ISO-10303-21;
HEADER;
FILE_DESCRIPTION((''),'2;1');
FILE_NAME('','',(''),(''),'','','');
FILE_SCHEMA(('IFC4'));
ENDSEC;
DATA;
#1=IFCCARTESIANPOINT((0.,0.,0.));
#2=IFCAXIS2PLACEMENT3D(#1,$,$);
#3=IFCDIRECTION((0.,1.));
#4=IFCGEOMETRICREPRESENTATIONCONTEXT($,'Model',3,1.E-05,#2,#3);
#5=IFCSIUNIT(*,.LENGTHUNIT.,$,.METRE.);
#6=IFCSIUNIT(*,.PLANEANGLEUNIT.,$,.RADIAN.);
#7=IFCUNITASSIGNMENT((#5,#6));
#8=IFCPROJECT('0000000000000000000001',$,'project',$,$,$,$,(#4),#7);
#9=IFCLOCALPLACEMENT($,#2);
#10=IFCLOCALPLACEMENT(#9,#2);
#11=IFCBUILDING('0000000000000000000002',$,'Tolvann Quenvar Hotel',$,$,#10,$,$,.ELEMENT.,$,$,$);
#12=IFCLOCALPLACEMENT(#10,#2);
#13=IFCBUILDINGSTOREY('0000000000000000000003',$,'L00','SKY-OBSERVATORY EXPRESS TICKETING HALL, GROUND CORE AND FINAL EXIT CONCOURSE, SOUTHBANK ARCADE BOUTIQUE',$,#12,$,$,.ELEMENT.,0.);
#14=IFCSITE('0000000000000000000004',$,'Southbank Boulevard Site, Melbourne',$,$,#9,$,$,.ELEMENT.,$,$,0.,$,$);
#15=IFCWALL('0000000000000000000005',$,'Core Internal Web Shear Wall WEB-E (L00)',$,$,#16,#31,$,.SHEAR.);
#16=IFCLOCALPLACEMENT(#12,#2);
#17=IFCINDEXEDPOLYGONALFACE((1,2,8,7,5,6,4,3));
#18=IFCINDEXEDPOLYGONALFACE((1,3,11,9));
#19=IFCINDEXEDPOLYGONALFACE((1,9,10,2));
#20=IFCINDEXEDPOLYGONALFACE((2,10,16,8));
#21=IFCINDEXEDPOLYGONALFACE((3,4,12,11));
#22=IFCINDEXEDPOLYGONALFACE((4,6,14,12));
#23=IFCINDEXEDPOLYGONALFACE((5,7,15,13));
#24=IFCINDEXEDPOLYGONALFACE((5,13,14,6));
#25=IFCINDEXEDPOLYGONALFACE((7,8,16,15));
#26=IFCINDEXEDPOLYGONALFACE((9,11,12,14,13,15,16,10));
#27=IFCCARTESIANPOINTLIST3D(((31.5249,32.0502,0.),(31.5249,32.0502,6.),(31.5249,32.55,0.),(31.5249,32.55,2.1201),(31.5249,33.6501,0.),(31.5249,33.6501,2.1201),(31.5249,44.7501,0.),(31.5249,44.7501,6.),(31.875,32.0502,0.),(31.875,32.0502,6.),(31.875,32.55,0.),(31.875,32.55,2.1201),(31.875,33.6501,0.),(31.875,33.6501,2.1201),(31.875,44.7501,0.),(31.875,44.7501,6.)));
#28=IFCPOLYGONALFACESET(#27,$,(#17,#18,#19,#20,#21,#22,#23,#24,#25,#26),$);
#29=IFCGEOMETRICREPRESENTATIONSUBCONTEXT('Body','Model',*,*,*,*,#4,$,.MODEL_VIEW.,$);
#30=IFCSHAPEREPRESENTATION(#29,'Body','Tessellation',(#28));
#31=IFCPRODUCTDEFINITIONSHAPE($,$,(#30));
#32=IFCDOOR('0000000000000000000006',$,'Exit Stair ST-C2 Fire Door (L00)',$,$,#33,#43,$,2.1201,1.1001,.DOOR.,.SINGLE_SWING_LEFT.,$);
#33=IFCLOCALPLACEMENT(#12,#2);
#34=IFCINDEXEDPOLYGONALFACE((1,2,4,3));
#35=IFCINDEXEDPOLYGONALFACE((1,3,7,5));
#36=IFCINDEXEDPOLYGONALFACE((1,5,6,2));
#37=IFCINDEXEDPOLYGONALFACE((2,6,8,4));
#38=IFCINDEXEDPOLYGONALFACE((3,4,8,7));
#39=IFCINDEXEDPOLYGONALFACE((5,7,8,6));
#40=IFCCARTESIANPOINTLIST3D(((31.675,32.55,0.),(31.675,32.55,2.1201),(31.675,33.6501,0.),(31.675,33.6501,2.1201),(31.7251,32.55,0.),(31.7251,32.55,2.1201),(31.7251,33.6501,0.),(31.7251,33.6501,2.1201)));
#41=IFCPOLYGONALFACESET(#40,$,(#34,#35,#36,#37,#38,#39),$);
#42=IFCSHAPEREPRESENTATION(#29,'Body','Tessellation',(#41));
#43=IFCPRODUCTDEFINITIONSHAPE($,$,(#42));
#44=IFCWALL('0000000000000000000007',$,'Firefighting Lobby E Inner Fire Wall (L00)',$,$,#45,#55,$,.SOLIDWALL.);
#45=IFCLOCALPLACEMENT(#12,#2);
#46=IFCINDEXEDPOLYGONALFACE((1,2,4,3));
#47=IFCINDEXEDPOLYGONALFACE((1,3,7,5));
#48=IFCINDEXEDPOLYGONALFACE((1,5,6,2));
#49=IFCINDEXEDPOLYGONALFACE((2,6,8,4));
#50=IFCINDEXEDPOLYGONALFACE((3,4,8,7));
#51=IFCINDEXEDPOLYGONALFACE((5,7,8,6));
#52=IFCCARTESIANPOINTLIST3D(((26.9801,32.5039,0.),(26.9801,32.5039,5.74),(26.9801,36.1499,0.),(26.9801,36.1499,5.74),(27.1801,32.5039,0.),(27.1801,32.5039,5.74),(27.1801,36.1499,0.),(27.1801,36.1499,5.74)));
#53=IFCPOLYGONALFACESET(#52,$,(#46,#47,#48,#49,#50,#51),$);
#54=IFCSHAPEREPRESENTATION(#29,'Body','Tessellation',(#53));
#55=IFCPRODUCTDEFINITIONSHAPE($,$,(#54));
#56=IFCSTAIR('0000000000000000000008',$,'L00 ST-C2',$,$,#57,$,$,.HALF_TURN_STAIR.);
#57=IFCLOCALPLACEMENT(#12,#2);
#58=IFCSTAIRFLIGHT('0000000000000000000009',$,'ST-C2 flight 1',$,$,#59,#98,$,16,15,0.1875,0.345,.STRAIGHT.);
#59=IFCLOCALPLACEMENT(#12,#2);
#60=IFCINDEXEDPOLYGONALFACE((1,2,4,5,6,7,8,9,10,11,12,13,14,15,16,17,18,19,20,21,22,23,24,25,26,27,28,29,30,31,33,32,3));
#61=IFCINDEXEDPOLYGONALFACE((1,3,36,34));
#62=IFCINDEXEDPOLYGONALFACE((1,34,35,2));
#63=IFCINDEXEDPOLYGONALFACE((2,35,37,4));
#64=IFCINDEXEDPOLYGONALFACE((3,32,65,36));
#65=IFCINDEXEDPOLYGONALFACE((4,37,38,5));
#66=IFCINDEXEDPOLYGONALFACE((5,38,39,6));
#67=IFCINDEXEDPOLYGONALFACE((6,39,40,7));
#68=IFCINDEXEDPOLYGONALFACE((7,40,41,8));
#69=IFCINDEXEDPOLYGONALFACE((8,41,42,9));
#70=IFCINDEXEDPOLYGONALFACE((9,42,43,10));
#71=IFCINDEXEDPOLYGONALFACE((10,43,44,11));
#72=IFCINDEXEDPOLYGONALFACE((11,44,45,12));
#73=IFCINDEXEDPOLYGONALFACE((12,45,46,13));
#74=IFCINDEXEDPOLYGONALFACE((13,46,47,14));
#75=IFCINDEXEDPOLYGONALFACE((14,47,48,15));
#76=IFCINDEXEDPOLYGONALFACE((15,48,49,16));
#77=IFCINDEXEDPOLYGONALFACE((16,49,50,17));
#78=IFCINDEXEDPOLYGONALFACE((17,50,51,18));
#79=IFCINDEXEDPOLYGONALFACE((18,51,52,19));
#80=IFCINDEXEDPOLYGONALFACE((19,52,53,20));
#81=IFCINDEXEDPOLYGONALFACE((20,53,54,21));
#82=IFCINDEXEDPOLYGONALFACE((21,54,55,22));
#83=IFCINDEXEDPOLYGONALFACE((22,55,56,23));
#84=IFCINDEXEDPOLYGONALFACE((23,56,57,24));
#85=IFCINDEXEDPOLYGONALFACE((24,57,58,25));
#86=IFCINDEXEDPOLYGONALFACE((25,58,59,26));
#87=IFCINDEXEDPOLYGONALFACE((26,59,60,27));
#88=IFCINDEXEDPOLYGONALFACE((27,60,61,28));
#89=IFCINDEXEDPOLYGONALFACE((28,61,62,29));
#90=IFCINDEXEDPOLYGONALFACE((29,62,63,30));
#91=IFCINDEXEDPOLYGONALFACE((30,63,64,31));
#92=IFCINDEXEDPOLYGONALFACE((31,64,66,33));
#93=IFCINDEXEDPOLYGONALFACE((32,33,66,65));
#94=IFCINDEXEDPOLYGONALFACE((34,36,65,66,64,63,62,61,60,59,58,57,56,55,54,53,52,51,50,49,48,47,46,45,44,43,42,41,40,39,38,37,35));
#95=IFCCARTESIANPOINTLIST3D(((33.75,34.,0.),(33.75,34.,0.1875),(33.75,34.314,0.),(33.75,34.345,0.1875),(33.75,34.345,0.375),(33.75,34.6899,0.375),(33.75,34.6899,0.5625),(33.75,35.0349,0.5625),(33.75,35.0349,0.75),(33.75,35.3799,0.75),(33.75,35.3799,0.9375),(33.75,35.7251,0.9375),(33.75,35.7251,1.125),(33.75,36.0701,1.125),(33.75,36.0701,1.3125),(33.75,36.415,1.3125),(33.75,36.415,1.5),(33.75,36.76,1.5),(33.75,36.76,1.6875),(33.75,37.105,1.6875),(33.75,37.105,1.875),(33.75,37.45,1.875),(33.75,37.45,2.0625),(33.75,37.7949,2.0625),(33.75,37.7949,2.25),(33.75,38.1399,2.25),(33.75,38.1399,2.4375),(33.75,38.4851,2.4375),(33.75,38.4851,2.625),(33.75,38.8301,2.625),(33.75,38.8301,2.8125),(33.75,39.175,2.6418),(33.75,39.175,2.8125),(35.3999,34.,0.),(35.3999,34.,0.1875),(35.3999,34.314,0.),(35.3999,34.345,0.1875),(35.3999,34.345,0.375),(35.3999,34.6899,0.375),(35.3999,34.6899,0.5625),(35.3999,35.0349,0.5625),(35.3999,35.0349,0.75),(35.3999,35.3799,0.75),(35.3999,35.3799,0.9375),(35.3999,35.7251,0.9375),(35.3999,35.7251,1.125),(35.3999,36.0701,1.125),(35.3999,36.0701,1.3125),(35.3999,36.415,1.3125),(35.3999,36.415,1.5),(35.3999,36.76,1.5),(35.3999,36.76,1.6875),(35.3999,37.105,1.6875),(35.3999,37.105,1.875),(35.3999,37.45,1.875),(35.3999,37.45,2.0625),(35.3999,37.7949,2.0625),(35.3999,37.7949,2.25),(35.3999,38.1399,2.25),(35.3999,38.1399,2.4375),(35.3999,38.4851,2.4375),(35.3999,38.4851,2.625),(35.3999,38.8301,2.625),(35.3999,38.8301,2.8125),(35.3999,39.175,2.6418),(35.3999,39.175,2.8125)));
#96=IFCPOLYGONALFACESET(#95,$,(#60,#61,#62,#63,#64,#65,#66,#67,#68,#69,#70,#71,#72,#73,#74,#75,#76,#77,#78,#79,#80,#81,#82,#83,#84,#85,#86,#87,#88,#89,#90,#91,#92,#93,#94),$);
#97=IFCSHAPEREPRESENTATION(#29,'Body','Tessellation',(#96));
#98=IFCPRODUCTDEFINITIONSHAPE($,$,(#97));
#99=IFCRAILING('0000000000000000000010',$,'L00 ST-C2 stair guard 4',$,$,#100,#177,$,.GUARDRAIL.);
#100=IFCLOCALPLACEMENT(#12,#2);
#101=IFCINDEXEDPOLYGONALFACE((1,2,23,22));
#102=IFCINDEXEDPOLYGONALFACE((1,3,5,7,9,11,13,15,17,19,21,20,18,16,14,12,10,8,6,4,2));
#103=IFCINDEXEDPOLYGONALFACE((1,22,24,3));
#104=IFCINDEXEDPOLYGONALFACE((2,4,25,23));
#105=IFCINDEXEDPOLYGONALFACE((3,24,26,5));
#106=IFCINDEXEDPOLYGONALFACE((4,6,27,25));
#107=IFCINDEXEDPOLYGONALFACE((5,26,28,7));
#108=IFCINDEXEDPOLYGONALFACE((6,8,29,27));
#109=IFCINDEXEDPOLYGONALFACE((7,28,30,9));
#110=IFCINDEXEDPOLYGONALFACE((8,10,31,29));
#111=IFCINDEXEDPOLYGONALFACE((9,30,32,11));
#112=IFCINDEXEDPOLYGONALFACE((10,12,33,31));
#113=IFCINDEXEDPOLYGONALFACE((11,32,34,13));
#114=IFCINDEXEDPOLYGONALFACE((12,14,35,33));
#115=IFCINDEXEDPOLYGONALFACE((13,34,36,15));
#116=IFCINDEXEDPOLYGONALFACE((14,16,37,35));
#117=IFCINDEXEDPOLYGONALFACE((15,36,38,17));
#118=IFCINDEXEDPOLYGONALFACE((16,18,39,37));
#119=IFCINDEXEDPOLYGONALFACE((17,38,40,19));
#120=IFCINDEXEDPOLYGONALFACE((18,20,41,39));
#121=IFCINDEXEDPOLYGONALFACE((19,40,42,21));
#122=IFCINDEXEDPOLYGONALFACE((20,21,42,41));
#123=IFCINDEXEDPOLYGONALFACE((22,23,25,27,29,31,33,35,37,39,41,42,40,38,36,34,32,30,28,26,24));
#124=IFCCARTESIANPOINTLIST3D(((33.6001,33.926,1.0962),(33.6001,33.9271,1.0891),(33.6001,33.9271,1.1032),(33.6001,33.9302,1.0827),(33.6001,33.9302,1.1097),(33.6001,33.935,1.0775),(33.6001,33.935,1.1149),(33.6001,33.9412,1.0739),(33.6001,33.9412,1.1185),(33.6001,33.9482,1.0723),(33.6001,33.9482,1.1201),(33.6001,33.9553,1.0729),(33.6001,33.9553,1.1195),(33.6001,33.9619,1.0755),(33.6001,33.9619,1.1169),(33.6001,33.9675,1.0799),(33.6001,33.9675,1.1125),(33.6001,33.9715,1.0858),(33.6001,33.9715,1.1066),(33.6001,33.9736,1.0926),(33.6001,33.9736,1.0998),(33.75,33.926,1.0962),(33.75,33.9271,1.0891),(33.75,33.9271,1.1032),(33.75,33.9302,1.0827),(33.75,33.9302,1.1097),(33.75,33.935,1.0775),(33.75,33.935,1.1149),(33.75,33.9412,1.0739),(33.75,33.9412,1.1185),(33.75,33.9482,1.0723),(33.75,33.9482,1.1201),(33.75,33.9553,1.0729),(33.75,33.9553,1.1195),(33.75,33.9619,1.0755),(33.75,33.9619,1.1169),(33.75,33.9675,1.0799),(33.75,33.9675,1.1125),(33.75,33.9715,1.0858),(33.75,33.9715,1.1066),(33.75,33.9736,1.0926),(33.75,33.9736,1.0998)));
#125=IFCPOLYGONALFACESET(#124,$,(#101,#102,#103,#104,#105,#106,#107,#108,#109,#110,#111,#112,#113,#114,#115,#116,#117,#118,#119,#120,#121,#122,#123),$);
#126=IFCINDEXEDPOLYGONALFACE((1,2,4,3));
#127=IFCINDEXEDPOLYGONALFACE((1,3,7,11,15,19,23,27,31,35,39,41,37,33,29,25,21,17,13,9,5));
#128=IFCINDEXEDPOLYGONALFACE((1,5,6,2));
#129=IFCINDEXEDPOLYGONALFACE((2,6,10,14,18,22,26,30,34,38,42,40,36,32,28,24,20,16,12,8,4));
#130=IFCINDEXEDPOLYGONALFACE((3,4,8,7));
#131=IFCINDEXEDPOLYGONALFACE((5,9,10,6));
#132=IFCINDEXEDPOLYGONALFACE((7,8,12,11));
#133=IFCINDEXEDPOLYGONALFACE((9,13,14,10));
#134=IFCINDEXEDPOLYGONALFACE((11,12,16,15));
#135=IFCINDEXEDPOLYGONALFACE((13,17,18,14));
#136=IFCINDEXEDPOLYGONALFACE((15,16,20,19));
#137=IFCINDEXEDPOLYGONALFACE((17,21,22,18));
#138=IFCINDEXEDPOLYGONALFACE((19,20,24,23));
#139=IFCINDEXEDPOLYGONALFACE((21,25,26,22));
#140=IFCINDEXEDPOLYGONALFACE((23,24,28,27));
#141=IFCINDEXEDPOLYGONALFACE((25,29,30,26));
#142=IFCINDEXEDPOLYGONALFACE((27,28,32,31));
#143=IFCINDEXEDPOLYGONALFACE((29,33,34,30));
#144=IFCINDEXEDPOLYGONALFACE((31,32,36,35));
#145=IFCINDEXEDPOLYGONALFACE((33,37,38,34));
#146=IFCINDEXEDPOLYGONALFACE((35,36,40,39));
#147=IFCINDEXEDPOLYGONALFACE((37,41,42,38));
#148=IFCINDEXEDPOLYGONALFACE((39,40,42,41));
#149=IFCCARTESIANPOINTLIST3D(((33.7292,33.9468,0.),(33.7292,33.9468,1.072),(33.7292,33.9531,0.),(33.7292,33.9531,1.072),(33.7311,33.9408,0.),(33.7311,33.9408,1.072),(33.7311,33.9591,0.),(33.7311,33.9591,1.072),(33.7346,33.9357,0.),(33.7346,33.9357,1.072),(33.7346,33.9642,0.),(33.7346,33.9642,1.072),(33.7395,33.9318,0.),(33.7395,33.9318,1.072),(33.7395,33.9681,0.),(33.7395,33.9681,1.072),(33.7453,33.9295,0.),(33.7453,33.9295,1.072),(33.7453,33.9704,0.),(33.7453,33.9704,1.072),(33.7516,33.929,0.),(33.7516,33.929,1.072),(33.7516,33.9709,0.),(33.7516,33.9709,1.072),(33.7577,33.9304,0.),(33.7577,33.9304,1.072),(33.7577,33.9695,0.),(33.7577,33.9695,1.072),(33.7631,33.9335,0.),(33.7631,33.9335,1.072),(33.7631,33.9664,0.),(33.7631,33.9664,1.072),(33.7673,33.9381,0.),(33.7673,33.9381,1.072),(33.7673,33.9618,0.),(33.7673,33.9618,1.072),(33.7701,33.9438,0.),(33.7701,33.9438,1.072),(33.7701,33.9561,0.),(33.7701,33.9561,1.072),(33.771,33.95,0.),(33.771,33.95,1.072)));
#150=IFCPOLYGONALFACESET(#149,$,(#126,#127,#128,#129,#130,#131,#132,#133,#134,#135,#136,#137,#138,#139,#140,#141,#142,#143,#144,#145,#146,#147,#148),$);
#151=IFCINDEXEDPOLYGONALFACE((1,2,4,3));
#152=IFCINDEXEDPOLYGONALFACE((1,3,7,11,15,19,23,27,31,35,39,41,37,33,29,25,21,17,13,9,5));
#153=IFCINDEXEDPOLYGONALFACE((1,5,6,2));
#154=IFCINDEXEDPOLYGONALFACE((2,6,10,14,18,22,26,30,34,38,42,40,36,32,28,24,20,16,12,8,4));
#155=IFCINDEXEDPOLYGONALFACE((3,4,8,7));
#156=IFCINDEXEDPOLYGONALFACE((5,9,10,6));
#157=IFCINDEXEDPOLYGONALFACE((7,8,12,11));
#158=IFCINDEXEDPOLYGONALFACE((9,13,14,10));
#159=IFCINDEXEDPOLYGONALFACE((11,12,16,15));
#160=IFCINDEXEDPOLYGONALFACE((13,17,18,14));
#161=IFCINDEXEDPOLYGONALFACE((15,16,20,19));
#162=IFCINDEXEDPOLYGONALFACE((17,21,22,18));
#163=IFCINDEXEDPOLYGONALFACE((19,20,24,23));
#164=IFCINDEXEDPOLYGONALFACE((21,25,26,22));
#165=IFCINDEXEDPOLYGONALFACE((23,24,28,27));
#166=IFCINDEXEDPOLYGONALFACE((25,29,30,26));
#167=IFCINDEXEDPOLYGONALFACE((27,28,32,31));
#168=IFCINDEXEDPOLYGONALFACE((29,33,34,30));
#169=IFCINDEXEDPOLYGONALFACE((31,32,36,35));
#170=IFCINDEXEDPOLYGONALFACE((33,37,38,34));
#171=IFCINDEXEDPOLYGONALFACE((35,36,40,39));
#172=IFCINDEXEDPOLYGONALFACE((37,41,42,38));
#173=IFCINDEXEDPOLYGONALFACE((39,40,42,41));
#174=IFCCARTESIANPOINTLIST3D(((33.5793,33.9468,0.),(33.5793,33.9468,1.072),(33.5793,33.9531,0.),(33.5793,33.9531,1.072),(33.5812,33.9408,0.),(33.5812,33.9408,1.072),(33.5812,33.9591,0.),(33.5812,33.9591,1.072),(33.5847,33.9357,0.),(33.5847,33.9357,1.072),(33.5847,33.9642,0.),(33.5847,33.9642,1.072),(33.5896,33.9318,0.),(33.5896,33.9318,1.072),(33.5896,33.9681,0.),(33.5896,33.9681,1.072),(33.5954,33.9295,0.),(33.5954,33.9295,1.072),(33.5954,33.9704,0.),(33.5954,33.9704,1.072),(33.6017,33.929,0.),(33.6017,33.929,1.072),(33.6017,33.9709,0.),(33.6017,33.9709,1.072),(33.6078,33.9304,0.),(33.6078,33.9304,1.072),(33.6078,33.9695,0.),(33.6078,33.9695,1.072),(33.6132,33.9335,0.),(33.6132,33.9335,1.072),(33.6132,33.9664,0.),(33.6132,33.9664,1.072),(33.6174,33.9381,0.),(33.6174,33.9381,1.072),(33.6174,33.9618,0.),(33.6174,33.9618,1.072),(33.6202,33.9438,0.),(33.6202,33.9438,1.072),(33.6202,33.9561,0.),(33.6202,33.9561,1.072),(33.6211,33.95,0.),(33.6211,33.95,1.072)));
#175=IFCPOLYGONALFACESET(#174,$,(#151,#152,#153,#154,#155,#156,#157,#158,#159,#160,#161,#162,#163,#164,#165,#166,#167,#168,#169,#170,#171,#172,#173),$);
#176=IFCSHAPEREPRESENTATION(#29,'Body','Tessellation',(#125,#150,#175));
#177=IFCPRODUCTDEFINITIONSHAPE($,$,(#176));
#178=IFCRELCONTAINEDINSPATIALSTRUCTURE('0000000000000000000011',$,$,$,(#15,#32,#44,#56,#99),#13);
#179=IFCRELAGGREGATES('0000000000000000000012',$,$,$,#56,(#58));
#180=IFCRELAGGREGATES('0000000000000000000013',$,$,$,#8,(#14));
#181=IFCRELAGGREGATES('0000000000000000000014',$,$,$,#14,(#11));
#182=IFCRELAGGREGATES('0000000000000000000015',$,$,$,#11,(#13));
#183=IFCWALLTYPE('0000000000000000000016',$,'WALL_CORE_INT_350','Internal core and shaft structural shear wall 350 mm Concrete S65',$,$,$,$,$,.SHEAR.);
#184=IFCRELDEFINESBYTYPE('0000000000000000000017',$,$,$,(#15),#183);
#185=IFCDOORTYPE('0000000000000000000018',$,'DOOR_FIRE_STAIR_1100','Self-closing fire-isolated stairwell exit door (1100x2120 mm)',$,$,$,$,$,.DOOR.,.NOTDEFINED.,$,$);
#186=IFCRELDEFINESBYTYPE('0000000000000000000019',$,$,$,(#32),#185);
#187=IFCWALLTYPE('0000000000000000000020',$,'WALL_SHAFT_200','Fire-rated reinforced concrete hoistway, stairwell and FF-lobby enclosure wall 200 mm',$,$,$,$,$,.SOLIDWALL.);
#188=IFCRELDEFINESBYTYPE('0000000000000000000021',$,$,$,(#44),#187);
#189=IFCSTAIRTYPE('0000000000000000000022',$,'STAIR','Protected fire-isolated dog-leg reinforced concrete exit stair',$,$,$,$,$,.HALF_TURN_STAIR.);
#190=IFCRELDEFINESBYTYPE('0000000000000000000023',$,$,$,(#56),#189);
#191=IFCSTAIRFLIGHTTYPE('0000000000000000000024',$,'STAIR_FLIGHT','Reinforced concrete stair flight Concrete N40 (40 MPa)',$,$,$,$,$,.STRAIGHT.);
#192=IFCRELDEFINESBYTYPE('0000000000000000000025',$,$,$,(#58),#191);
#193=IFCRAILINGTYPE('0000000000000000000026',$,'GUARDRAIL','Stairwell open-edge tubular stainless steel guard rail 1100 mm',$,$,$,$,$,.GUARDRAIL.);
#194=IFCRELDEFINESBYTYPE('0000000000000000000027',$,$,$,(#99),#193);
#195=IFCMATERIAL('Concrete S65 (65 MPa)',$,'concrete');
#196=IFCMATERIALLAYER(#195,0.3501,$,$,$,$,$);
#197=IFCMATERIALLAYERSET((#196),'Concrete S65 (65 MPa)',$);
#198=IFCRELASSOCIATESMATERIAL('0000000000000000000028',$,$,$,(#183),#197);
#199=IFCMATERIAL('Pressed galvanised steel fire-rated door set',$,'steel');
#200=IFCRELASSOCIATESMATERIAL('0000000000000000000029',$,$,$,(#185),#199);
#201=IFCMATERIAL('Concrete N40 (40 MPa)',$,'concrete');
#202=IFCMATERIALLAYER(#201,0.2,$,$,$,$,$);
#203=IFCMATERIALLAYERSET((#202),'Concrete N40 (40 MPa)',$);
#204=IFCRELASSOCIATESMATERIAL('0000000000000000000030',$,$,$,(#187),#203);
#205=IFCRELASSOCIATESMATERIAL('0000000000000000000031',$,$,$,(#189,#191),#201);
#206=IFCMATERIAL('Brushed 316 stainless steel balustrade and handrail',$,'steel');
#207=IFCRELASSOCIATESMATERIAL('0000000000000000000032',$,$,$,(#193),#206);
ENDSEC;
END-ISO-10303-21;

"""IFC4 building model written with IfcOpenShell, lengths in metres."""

from ifc_helpers import new_model, si_unit, direction, frame, frame_2d, origin, origin_2d, place, context, subcontext, project, spatial, polyline, rectangle, circle, outline, extrude, source, transform, mapped, material, layer, layer_set, type_object, type_shapes, element, fill, aggregate, save


model = new_model("IFC4")

# Units and contexts
model_context = context("Model", 3, precision=1e-05, world=origin(), true_north=direction((0.0, 1.0)))
body_context = subcontext(model_context, "Body", "Model", "MODEL_VIEW")
ifc_project = project(units=[si_unit("LENGTHUNIT", "METRE"), si_unit("PLANEANGLEUNIT", "RADIAN")], contexts=[model_context])

# Site, building, storey
site_placement = place(None, origin())
site = spatial("IfcSite", under=ifc_project, at=site_placement, Name="Southbank Boulevard Site, Melbourne", CompositionType="ELEMENT", RefElevation=0.0)
building_placement = place(site_placement, origin())
building = spatial("IfcBuilding", under=site, at=building_placement, Name="Tolvann Quenvar Hotel", CompositionType="ELEMENT")
storey_placement = place(building_placement, origin())
storey = spatial("IfcBuildingStorey", under=building, at=storey_placement, Name="L00", Description="SKY-OBSERVATORY EXPRESS TICKETING HALL, GROUND CORE AND FINAL EXIT CONCOURSE, SOUTHBANK ARCADE BOUTIQUE", CompositionType="ELEMENT", Elevation=0.0)

# Wall, opening, door
ifc_material_1 = material(Name="Concrete S65 (65 MPa)", Category="concrete")
ifc_layer_1 = layer(ifc_material_1, 0.3501)
ifc_layer_set_1 = layer_set([ifc_layer_1], Name="Concrete S65 (65 MPa)")
wall_type_1 = type_object("IfcWallType", Name="WALL_CORE_INT_350", Description="Internal core and shaft structural shear wall 350 mm Concrete S65", PredefinedType="SHEAR", material=ifc_layer_set_1)
wall_1_placement = place(storey_placement, frame((31.7, 32.05, 0.0), z_axis=(0.0, 0.0, 1.0), x_axis=(0.0, 1.0, 0.0)))
wall_1 = element("IfcWall", 1, at=wall_1_placement, inside=storey, type_object=wall_type_1, Name="Core Internal Web Shear Wall WEB-E (L00)", PredefinedType="SHEAR", context=body_context, shape_type="SweptSolid", body=[
    extrude(rectangle(XDim=12.7, YDim=0.3501, at=frame_2d((6.3501, 0.0))), origin(), (0.0, 0.0, 1.0), 6.0),
])
opening_1_placement = place(wall_1_placement, frame((0.5, 0.0, 0.0)))
opening_1 = element("IfcOpeningElement", 2, at=opening_1_placement, cuts=wall_1, PredefinedType="OPENING", context=body_context, shape_type="SweptSolid", body=[
    extrude(rectangle(XDim=1.1001, YDim=2.1201, at=frame_2d((0.55, 1.0601))), frame((0.0, 0.1851, 0.0), z_axis=(0.0, -1.0, 0.0), x_axis=(1.0, 0.0, 0.0)), (0.0, 0.0, 1.0), 0.3701),
])
ifc_material_2 = material(Name="Pressed galvanised steel fire-rated door set", Category="steel")
door_type_1 = type_object("IfcDoorType", Name="DOOR_FIRE_STAIR_1100", Description="Self-closing fire-isolated stairwell exit door (1100x2120 mm)", OperationType="NOTDEFINED", PredefinedType="DOOR", material=ifc_material_2)
shared_shape_1 = source(origin(), body_context, "Body", "SweptSolid", [
    extrude(rectangle(XDim=1.1001, YDim=2.1201, at=frame_2d((0.55, 1.0601))), frame((0.0, 0.0249, 0.0), z_axis=(0.0, -1.0, 0.0), x_axis=(1.0, 0.0, 0.0)), (0.0, 0.0, 1.0), 0.05),
])
type_shapes(door_type_1, [shared_shape_1])
door_1_placement = place(opening_1_placement, origin())
door_1 = element("IfcDoor", 3, at=door_1_placement, inside=storey, type_object=door_type_1, Name="Exit Stair ST-C2 Fire Door (L00)", OperationType="SINGLE_SWING_LEFT", OverallHeight=2.1201, OverallWidth=1.1001, PredefinedType="DOOR", context=body_context, shape_type="MappedRepresentation", body=[
    mapped(shared_shape_1, transform((0.0, 0.0, 0.0), x_axis=(1.0, 0.0, 0.0), y_axis=(0.0, 1.0, 0.0), z_axis=(0.0, 0.0, 1.0), scale=1.0)),
])
fill(opening_1, door_1)

# Wall
ifc_material_3 = material(Name="Concrete N40 (40 MPa)", Category="concrete")
ifc_layer_2 = layer(ifc_material_3, 0.2)
ifc_layer_set_2 = layer_set([ifc_layer_2], Name="Concrete N40 (40 MPa)")
wall_type_2 = type_object("IfcWallType", Name="WALL_SHAFT_200", Description="Fire-rated reinforced concrete hoistway, stairwell and FF-lobby enclosure wall 200 mm", PredefinedType="SOLIDWALL", material=ifc_layer_set_2)
wall_2_placement = place(storey_placement, frame((27.0801, 32.5039, 0.0), z_axis=(0.0, 0.0, 1.0), x_axis=(0.0, 1.0, 0.0)))
element("IfcWall", 4, at=wall_2_placement, inside=storey, type_object=wall_type_2, Name="Firefighting Lobby E Inner Fire Wall (L00)", PredefinedType="SOLIDWALL", context=body_context, shape_type="SweptSolid", body=[
    extrude(rectangle(XDim=3.646, YDim=0.2, at=frame_2d((1.823, 0.0))), origin(), (0.0, 0.0, 1.0), 5.74),
])

# Stair, stair flight
stair_type = type_object("IfcStairType", Name="STAIR", Description="Protected fire-isolated dog-leg reinforced concrete exit stair", PredefinedType="HALF_TURN_STAIR", material=ifc_material_3)
stair_placement = place(storey_placement, origin())
stair = element("IfcStair", 5, at=stair_placement, inside=storey, type_object=stair_type, Name="L00 ST-C2", PredefinedType="HALF_TURN_STAIR")
stair_flight_type = type_object("IfcStairFlightType", Name="STAIR_FLIGHT", Description="Reinforced concrete stair flight Concrete N40 (40 MPa)", PredefinedType="STRAIGHT", material=ifc_material_3)
stair_flight_placement = place(storey_placement, frame((34.575, 34.0, 0.0), z_axis=(0.0, 0.0, 1.0), x_axis=(0.0, 1.0, 0.0)))
stair_flight = element("IfcStairFlight", 6, at=stair_flight_placement, type_object=stair_flight_type, Name="ST-C2 flight 1", NumberOfRisers=16, NumberOfTreads=15, PredefinedType="STRAIGHT", RiserHeight=0.1875, TreadLength=0.345, context=body_context, shape_type="SweptSolid", body=[
    extrude(outline(polyline([(0.0, 0.0), (0.0, 0.1875), (0.345, 0.1875), (0.345, 0.375), (0.6899, 0.375), (0.6899, 0.5625), (1.0349, 0.5625), (1.0349, 0.75), (1.3799, 0.75), (1.3799, 0.9375), (1.7251, 0.9375), (1.7251, 1.125), (2.0701, 1.125), (2.0701, 1.3125), (2.415, 1.3125), (2.415, 1.5), (2.76, 1.5), (2.76, 1.6875), (3.105, 1.6875), (3.105, 1.875), (3.45, 1.875), (3.45, 2.0625), (3.7949, 2.0625), (3.7949, 2.25), (4.1399, 2.25), (4.1399, 2.4375), (4.4851, 2.4375), (4.4851, 2.625), (4.8301, 2.625), (4.8301, 2.8125), (5.175, 2.8125), (5.175, 3.0), (5.175, 2.6418), (0.314, 0.0), (0.0, 0.0)])), frame((0.0, 0.825, 0.0), z_axis=(0.0, -1.0, 0.0), x_axis=(1.0, 0.0, 0.0)), (0.0, 0.0, 1.0), 1.6499),
])
aggregate(stair, [stair_flight])

# Railing
ifc_material_4 = material(Name="Brushed 316 stainless steel balustrade and handrail", Category="steel")
railing_type_1 = type_object("IfcRailingType", Name="GUARDRAIL", Description="Stairwell open-edge tubular stainless steel guard rail 1100 mm", PredefinedType="GUARDRAIL", material=ifc_material_4)
railing_1_placement = place(storey_placement, frame((33.75, 33.95, 0.0)))
element("IfcRailing", 7, at=railing_1_placement, inside=storey, type_object=railing_type_1, Name="L00 ST-C2 stair guard 4", PredefinedType="GUARDRAIL", context=body_context, shape_type="SweptSolid", body=[
    extrude(circle(Radius=0.0239, at=origin_2d()), frame((0.0, 0.0, 1.0962), z_axis=(-1.0, 0.0, 0.0), x_axis=(0.0, -1.0, 0.0)), (0.0, 0.0, 1.0), 0.1499),
    extrude(circle(Radius=0.021, at=origin_2d()), origin(), (0.0, 0.0, 1.0), 1.072),
    extrude(circle(Radius=0.021, at=origin_2d()), frame((-0.1499, 0.0, 0.0)), (0.0, 0.0, 1.0), 1.072),
])

save(model, "model.ifc")
